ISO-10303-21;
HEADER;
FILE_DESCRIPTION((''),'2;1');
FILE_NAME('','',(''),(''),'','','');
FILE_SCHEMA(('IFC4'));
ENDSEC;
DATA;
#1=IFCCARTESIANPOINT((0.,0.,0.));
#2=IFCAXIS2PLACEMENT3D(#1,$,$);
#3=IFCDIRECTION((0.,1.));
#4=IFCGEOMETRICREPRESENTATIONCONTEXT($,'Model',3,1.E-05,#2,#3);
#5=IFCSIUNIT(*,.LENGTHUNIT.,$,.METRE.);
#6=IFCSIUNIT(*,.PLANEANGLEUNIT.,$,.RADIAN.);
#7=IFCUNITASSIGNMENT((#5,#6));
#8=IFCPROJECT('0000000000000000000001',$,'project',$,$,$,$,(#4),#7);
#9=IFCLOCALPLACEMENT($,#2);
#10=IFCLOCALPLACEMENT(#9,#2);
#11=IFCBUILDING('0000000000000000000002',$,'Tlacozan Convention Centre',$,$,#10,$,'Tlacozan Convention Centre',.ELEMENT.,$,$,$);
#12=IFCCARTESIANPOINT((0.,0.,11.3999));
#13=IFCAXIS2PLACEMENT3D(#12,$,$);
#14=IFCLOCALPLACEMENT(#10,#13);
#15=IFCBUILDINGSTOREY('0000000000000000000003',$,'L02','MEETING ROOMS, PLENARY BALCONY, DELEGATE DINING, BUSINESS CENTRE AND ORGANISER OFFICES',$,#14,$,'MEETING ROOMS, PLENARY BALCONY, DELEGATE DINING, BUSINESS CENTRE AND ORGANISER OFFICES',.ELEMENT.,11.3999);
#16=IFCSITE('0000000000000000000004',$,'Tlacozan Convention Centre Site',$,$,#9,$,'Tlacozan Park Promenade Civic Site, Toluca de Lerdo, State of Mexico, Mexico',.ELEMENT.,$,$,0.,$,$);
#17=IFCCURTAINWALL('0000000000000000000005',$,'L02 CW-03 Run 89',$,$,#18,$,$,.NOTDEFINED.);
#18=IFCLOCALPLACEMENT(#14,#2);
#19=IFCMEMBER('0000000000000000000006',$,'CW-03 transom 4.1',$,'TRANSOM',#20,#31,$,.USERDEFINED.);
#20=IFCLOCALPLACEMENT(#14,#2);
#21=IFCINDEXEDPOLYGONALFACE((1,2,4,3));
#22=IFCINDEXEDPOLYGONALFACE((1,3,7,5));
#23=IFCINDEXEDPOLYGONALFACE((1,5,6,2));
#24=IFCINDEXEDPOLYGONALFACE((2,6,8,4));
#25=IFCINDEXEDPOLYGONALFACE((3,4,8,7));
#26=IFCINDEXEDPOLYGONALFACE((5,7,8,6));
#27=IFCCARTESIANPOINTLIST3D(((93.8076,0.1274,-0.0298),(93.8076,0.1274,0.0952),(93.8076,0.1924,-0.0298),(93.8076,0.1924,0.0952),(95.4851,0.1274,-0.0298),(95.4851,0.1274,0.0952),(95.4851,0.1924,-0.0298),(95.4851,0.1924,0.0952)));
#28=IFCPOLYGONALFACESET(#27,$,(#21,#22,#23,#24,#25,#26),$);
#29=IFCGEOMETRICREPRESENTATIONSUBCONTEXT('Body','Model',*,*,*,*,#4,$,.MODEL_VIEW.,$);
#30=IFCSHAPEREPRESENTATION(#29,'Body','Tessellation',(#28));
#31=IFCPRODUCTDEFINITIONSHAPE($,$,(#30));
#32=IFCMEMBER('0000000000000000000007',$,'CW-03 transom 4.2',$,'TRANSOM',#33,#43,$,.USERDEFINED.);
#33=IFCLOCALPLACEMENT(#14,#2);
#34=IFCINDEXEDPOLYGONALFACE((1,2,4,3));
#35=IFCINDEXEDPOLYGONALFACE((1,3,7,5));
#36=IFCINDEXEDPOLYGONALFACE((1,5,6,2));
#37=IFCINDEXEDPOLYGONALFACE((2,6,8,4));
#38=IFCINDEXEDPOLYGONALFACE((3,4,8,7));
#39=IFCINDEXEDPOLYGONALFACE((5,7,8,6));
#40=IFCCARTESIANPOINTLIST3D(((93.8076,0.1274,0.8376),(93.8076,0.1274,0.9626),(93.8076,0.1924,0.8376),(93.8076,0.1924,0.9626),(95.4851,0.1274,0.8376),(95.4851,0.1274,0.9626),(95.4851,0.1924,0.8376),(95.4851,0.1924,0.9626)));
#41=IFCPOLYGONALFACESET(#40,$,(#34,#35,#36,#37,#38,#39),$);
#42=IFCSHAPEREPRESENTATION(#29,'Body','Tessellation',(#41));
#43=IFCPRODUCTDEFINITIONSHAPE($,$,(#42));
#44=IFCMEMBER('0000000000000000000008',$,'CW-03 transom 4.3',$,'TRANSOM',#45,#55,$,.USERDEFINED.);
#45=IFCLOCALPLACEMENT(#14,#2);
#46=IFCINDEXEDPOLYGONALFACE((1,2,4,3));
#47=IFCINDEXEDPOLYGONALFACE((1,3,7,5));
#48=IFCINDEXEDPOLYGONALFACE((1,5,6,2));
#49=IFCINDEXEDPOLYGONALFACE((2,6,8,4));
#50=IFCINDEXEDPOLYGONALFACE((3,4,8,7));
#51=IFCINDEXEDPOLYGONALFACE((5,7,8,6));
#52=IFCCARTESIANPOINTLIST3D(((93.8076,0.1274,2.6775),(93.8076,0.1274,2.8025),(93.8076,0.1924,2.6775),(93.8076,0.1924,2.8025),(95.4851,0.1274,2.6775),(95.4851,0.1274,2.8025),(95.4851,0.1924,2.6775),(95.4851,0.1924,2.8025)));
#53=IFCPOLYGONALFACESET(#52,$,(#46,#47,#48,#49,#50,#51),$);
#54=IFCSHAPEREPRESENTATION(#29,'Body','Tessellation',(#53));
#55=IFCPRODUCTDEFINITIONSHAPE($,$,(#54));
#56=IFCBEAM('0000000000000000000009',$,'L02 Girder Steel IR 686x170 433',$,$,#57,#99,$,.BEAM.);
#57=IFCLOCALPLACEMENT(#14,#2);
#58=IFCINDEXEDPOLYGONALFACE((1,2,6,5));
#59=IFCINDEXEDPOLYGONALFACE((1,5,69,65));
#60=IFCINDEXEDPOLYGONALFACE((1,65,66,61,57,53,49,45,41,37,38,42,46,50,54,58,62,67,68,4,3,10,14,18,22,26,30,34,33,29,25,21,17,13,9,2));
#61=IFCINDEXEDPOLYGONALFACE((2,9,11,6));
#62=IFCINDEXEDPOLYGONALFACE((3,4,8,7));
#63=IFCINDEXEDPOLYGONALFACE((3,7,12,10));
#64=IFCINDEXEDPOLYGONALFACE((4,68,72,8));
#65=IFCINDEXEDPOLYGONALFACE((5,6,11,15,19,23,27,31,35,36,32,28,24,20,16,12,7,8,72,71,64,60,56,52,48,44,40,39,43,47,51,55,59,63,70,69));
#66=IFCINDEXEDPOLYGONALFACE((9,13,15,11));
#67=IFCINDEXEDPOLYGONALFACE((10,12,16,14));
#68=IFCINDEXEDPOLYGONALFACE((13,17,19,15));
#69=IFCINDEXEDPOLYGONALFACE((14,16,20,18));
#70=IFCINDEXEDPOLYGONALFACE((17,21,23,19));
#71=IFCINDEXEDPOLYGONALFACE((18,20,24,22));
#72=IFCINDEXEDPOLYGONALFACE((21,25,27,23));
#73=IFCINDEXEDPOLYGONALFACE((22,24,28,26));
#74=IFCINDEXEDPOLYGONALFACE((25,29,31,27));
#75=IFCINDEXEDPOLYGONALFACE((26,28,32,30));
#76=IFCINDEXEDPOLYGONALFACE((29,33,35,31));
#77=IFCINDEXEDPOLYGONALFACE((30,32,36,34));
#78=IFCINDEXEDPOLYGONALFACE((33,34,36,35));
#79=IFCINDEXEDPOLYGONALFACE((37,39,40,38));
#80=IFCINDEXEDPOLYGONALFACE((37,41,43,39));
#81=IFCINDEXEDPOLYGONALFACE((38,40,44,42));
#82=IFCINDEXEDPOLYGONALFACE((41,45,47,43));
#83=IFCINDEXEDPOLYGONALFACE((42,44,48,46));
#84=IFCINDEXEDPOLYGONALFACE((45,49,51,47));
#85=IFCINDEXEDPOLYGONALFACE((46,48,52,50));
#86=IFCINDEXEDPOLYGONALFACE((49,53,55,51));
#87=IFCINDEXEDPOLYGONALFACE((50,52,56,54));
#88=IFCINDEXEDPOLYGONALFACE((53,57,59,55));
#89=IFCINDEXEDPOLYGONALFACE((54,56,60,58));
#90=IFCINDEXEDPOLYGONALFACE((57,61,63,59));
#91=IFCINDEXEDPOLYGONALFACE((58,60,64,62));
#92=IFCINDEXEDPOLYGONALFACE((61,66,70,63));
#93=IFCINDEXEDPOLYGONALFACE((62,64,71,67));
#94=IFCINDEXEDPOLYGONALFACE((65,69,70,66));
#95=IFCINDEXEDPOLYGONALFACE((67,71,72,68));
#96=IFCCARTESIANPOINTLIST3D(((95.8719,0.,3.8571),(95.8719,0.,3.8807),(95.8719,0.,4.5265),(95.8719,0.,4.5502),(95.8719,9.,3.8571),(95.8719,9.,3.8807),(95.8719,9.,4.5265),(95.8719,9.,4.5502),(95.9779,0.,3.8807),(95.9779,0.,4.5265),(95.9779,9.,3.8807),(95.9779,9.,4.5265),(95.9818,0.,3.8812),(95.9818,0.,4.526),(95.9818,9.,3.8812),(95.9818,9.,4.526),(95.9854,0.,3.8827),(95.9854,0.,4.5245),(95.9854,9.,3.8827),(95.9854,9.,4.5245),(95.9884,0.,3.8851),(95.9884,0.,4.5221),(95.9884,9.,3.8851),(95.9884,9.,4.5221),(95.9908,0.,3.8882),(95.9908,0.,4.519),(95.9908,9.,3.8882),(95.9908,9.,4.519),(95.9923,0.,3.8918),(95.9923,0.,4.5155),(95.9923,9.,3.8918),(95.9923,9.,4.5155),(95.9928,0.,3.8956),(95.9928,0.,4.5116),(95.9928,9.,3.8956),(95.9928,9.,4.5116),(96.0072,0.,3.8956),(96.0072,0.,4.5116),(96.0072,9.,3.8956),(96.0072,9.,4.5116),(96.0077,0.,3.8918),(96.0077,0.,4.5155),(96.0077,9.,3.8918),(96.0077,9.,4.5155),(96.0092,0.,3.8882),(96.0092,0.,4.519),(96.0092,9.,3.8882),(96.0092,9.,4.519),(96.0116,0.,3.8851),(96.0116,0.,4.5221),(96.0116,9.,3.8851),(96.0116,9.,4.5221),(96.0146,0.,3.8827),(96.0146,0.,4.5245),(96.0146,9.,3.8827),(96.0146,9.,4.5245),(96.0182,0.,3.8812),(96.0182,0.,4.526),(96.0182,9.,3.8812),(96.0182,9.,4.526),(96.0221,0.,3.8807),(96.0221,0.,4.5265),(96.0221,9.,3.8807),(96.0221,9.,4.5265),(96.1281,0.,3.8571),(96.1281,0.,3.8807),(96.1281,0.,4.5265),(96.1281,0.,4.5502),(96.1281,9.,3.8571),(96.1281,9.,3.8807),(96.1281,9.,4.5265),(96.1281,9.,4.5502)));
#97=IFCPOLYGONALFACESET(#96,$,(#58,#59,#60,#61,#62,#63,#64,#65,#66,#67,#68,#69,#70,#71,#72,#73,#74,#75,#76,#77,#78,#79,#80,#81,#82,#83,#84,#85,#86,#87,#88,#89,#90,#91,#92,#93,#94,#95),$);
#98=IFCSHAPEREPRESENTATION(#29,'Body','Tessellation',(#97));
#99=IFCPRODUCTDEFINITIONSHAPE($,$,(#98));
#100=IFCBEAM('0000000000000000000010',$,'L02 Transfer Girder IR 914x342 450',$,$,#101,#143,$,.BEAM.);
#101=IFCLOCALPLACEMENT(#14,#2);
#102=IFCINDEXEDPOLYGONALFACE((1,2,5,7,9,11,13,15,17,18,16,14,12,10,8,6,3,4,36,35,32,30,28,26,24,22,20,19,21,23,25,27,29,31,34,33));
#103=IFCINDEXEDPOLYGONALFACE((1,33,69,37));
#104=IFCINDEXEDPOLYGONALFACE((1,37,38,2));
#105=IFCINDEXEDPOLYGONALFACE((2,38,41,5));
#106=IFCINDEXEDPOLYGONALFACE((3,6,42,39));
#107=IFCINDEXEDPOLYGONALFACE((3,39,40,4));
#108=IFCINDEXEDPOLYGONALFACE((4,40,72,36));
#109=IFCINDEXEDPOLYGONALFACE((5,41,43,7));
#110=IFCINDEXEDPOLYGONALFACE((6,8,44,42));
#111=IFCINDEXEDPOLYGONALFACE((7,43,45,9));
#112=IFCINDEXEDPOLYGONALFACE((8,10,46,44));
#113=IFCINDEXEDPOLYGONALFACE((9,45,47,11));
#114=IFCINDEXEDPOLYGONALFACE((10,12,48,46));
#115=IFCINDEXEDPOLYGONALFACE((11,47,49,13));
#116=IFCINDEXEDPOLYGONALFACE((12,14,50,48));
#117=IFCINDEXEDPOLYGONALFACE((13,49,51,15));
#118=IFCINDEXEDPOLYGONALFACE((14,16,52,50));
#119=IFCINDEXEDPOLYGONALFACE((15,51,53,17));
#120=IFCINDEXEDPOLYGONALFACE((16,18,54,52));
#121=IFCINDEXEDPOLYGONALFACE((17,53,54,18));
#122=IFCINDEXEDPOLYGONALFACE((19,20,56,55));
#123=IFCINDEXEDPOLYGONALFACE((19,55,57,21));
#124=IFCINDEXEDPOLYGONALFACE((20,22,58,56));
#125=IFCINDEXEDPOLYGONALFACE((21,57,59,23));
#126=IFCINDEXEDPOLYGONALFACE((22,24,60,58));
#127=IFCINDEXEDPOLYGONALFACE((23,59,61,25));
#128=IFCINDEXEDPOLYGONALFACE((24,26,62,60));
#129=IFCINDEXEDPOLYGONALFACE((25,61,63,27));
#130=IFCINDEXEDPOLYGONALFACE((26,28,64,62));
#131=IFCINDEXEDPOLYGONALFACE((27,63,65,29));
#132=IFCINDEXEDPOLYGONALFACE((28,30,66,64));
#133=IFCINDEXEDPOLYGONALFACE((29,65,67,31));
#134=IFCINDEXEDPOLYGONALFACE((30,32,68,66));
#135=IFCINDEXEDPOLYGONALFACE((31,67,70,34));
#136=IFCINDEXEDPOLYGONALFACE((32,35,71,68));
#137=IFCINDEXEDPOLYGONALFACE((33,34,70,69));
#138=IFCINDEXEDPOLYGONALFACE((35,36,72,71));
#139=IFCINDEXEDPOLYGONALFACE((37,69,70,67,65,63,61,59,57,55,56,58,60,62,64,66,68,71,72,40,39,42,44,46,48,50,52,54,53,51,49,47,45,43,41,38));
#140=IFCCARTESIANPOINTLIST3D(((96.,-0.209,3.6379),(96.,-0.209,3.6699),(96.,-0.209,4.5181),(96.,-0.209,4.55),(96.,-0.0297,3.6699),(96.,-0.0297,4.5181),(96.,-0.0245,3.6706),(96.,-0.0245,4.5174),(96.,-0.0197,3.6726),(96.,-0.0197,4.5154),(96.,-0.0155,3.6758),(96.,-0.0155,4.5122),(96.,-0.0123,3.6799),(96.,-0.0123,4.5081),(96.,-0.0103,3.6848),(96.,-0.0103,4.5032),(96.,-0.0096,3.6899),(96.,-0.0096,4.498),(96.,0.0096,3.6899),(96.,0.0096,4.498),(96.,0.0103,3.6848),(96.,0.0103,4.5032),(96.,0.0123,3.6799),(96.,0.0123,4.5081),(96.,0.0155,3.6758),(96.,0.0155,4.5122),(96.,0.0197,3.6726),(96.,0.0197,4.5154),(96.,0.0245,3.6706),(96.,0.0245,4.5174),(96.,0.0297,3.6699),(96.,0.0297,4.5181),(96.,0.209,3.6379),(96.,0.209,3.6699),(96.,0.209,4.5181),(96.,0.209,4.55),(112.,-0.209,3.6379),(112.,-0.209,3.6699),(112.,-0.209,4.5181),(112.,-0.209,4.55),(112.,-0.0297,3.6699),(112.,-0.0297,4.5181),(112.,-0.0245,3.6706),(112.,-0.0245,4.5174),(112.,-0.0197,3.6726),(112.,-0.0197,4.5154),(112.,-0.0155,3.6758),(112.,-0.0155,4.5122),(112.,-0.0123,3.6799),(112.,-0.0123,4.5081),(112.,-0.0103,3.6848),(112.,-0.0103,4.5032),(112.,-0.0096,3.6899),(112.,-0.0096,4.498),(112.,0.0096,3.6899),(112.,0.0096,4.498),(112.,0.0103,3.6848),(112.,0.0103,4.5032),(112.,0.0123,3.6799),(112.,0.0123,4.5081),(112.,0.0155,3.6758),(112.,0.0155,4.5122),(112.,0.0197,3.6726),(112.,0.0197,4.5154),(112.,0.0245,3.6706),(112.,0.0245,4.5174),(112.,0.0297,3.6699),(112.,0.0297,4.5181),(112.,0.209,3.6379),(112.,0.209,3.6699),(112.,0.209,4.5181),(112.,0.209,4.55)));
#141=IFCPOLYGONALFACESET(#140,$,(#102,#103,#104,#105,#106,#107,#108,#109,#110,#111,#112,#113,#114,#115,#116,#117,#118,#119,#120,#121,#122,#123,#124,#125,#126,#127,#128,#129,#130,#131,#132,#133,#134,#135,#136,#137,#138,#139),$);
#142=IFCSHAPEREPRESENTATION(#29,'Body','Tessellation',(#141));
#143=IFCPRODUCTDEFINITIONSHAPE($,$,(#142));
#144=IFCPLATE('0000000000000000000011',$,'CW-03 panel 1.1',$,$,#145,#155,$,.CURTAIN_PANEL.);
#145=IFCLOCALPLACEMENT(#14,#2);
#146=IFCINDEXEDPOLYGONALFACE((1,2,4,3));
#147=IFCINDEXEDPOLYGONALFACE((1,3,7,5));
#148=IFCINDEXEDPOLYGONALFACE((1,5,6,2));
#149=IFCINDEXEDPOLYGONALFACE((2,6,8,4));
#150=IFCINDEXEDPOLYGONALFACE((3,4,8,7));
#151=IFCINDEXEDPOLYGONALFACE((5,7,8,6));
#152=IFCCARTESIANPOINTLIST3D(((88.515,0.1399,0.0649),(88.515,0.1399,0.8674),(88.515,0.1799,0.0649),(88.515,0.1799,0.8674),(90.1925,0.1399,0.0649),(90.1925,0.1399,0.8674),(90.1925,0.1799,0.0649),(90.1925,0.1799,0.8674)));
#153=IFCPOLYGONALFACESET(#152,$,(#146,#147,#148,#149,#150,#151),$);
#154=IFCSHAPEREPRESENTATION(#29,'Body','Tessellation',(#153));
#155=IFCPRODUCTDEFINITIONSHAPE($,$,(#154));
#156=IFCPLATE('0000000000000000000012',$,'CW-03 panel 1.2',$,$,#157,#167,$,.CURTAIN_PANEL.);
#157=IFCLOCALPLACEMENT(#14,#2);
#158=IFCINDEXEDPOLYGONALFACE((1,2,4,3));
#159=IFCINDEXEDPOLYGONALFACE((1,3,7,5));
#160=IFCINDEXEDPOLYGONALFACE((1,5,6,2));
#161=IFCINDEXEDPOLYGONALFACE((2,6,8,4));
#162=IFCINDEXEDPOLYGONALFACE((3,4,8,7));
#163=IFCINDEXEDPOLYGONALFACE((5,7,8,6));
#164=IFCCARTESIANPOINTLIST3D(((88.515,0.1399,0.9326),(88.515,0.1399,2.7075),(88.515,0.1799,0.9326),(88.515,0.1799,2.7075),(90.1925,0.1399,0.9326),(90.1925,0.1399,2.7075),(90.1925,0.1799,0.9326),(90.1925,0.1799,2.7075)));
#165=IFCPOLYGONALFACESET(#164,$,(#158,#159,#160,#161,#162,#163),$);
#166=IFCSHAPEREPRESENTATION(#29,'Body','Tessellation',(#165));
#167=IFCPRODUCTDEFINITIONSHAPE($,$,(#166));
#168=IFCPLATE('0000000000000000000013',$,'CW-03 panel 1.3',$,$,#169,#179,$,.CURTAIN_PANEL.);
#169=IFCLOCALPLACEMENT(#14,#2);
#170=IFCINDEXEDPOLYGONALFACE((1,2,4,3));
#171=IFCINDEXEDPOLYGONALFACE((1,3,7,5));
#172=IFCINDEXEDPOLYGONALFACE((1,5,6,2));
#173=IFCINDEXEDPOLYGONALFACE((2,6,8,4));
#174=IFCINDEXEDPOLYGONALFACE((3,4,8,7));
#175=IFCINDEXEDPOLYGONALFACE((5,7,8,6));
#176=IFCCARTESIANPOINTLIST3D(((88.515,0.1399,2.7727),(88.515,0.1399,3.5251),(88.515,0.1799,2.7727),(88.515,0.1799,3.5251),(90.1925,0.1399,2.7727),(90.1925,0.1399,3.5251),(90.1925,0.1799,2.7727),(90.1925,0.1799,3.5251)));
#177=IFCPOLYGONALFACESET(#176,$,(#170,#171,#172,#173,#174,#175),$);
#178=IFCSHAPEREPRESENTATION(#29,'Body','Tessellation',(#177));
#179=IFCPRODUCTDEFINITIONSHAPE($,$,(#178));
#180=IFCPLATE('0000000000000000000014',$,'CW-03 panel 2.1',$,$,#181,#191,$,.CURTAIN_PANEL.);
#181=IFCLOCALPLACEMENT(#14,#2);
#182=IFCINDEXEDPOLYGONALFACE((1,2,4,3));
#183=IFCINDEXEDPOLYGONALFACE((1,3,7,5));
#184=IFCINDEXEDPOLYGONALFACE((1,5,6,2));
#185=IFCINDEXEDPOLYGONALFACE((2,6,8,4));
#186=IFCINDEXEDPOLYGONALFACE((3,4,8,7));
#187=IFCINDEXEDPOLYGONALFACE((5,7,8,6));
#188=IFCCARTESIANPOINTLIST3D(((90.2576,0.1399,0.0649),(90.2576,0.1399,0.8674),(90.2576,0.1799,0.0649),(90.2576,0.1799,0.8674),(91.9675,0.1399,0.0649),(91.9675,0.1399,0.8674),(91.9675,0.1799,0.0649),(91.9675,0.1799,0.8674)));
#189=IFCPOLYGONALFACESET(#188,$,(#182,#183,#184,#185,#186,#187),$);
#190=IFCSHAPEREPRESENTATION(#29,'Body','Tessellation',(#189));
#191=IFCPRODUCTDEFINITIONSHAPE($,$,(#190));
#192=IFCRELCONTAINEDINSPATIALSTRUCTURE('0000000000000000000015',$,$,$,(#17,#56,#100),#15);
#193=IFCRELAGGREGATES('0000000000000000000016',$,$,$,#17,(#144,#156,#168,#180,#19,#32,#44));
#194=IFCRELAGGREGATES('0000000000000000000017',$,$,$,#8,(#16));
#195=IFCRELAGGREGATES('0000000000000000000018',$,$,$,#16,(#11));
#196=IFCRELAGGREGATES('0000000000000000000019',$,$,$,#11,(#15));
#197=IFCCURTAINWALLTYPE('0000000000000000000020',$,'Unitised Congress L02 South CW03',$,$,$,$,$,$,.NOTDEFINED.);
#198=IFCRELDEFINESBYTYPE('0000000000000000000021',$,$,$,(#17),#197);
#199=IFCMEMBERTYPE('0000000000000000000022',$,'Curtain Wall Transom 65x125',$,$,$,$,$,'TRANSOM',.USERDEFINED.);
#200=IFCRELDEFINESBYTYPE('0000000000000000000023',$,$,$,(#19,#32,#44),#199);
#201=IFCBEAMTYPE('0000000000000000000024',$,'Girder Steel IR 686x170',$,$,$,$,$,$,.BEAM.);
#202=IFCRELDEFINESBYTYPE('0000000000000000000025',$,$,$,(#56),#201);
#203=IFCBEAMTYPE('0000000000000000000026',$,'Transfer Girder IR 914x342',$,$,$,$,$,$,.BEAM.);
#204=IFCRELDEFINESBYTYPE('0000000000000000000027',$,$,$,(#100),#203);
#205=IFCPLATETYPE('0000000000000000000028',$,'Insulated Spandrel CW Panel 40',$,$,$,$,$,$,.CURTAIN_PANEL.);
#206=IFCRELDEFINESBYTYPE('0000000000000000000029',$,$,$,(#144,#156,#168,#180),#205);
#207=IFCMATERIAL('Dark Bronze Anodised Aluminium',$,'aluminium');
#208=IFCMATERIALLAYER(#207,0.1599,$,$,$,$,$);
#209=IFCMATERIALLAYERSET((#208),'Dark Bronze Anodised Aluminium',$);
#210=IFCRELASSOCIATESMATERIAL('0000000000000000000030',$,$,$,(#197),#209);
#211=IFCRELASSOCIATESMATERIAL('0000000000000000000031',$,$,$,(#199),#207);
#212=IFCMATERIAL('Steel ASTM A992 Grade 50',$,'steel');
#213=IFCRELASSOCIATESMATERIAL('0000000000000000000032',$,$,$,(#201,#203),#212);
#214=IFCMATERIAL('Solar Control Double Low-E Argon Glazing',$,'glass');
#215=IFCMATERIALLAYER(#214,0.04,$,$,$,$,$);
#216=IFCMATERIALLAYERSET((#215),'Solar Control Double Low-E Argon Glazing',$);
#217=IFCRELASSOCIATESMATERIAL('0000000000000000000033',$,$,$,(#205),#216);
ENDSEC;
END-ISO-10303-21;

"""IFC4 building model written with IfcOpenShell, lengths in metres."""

from ifc_helpers import new_model, si_unit, direction, frame, origin, origin_2d, place, context, subcontext, project, spatial, rectangle, i_section, extrude, material, layer, layer_set, material_profile, profile_set, type_object, element, aggregate, save


model = new_model("IFC4")

# Units and contexts
model_context = context("Model", 3, precision=1e-05, world=origin(), true_north=direction((0.0, 1.0)))
body_context = subcontext(model_context, "Body", "Model", "MODEL_VIEW")
ifc_project = project(units=[si_unit("LENGTHUNIT", "METRE"), si_unit("PLANEANGLEUNIT", "RADIAN")], contexts=[model_context])

# Site, building, storey
site_placement = place(None, origin())
site = spatial("IfcSite", under=ifc_project, at=site_placement, Name="Tlacozan Convention Centre Site", LongName="Tlacozan Park Promenade Civic Site, Toluca de Lerdo, State of Mexico, Mexico", CompositionType="ELEMENT", RefElevation=0.0)
building_placement = place(site_placement, origin())
building = spatial("IfcBuilding", under=site, at=building_placement, Name="Tlacozan Convention Centre", LongName="Tlacozan Convention Centre", CompositionType="ELEMENT")
storey_placement = place(building_placement, frame((0.0, 0.0, 11.3999)))
storey = spatial("IfcBuildingStorey", under=building, at=storey_placement, Name="L02", Description="MEETING ROOMS, PLENARY BALCONY, DELEGATE DINING, BUSINESS CENTRE AND ORGANISER OFFICES", LongName="MEETING ROOMS, PLENARY BALCONY, DELEGATE DINING, BUSINESS CENTRE AND ORGANISER OFFICES", CompositionType="ELEMENT", Elevation=11.3999)

# Curtain wall, members
ifc_material_1 = material(Name="Dark Bronze Anodised Aluminium", Category="aluminium")
ifc_layer_1 = layer(ifc_material_1, 0.1599)
ifc_layer_set_1 = layer_set([ifc_layer_1], Name="Dark Bronze Anodised Aluminium")
curtain_wall_type = type_object("IfcCurtainWallType", Name="Unitised Congress L02 South CW03", PredefinedType="NOTDEFINED", material=ifc_layer_set_1)
curtain_wall_placement = place(storey_placement, origin())
curtain_wall = element("IfcCurtainWall", 1, at=curtain_wall_placement, inside=storey, type_object=curtain_wall_type, Name="L02 CW-03 Run 89", PredefinedType="NOTDEFINED")
ifc_material_profile_1 = material_profile(ifc_material_1, rectangle(XDim=0.0649, YDim=0.125, at=origin_2d()), Name="ALU 65x125")
ifc_profile_set_1 = profile_set([ifc_material_profile_1], Name="Dark Bronze Anodised Aluminium")
member_type_1 = type_object("IfcMemberType", Name="Curtain Wall Transom 65x125", ElementType="TRANSOM", PredefinedType="USERDEFINED", material=ifc_profile_set_1)
member_1_placement = place(storey_placement, frame((93.8076, 0.1599, 0.0327), z_axis=(1.0, 0.0, 0.0), x_axis=(0.0, 1.0, 0.0)))
member_1 = element("IfcMember", 2, at=member_1_placement, type_object=member_type_1, Name="CW-03 transom 4.1", ObjectType="TRANSOM", PredefinedType="USERDEFINED", context=body_context, shape_type="SweptSolid", body=[
    extrude(rectangle(XDim=0.0649, YDim=0.125, at=origin_2d()), origin(), (0.0, 0.0, 1.0), 1.6775),
])
member_2_placement = place(storey_placement, frame((93.8076, 0.1599, 0.9001), z_axis=(1.0, 0.0, 0.0), x_axis=(0.0, 1.0, 0.0)))
member_2 = element("IfcMember", 3, at=member_2_placement, type_object=member_type_1, Name="CW-03 transom 4.2", ObjectType="TRANSOM", PredefinedType="USERDEFINED", context=body_context, shape_type="SweptSolid", body=[
    extrude(rectangle(XDim=0.0649, YDim=0.125, at=origin_2d()), origin(), (0.0, 0.0, 1.0), 1.6775),
])
member_3_placement = place(storey_placement, frame((93.8076, 0.1599, 2.74), z_axis=(1.0, 0.0, 0.0), x_axis=(0.0, 1.0, 0.0)))
member_3 = element("IfcMember", 4, at=member_3_placement, type_object=member_type_1, Name="CW-03 transom 4.3", ObjectType="TRANSOM", PredefinedType="USERDEFINED", context=body_context, shape_type="SweptSolid", body=[
    extrude(rectangle(XDim=0.0649, YDim=0.125, at=origin_2d()), origin(), (0.0, 0.0, 1.0), 1.6775),
])

# Beams
ifc_material_2 = material(Name="Steel ASTM A992 Grade 50", Category="steel")
ifc_material_profile_2 = material_profile(ifc_material_2, i_section(OverallWidth=0.2561, OverallDepth=0.6931, WebThickness=0.0144, FlangeThickness=0.0237, FilletRadius=0.0149, at=origin_2d()), Name="IR 686x170.0")
ifc_profile_set_2 = profile_set([ifc_material_profile_2], Name="Steel ASTM A992 Grade 50")
beam_type_1 = type_object("IfcBeamType", Name="Girder Steel IR 686x170", PredefinedType="BEAM", material=ifc_profile_set_2)
beam_1_placement = place(storey_placement, frame((96.0, 0.0, 4.2036), z_axis=(0.0, 1.0, 0.0), x_axis=(-1.0, 0.0, 0.0)))
element("IfcBeam", 5, at=beam_1_placement, inside=storey, type_object=beam_type_1, Name="L02 Girder Steel IR 686x170 433", PredefinedType="BEAM", context=body_context, shape_type="SweptSolid", body=[
    extrude(i_section(OverallWidth=0.2561, OverallDepth=0.6931, WebThickness=0.0144, FlangeThickness=0.0237, FilletRadius=0.0149, at=origin_2d()), origin(), (0.0, 0.0, 1.0), 9.0),
])
ifc_material_profile_3 = material_profile(ifc_material_2, i_section(OverallWidth=0.418, OverallDepth=0.9121, WebThickness=0.0193, FlangeThickness=0.032, FilletRadius=0.02, at=origin_2d()), Name="IR 914x342.0")
ifc_profile_set_3 = profile_set([ifc_material_profile_3], Name="Steel ASTM A992 Grade 50")
beam_type_2 = type_object("IfcBeamType", Name="Transfer Girder IR 914x342", PredefinedType="BEAM", material=ifc_profile_set_3)
beam_2_placement = place(storey_placement, frame((96.0, 0.0, 4.094), z_axis=(1.0, 0.0, 0.0), x_axis=(0.0, 1.0, 0.0)))
element("IfcBeam", 6, at=beam_2_placement, inside=storey, type_object=beam_type_2, Name="L02 Transfer Girder IR 914x342 450", PredefinedType="BEAM", context=body_context, shape_type="SweptSolid", body=[
    extrude(i_section(OverallWidth=0.418, OverallDepth=0.9121, WebThickness=0.0193, FlangeThickness=0.032, FilletRadius=0.02, at=origin_2d()), origin(), (0.0, 0.0, 1.0), 16.0),
])

# Plates
ifc_material_3 = material(Name="Solar Control Double Low-E Argon Glazing", Category="glass")
ifc_layer_2 = layer(ifc_material_3, 0.04)
ifc_layer_set_2 = layer_set([ifc_layer_2], Name="Solar Control Double Low-E Argon Glazing")
plate_type = type_object("IfcPlateType", Name="Insulated Spandrel CW Panel 40", PredefinedType="CURTAIN_PANEL", material=ifc_layer_set_2)
plate_1_placement = place(storey_placement, frame((89.3538, 0.1599, 0.0649), z_axis=(0.0, 0.0, 1.0), x_axis=(1.0, 0.0, 0.0)))
plate_1 = element("IfcPlate", 7, at=plate_1_placement, type_object=plate_type, Name="CW-03 panel 1.1", PredefinedType="CURTAIN_PANEL", context=body_context, shape_type="SweptSolid", body=[
    extrude(rectangle(XDim=1.6775, YDim=0.04, at=origin_2d()), origin(), (0.0, 0.0, 1.0), 0.8025),
])
plate_2_placement = place(storey_placement, frame((89.3538, 0.1599, 0.9326), z_axis=(0.0, 0.0, 1.0), x_axis=(1.0, 0.0, 0.0)))
plate_2 = element("IfcPlate", 8, at=plate_2_placement, type_object=plate_type, Name="CW-03 panel 1.2", PredefinedType="CURTAIN_PANEL", context=body_context, shape_type="SweptSolid", body=[
    extrude(rectangle(XDim=1.6775, YDim=0.04, at=origin_2d()), origin(), (0.0, 0.0, 1.0), 1.7749),
])
plate_3_placement = place(storey_placement, frame((89.3538, 0.1599, 2.7727), z_axis=(0.0, 0.0, 1.0), x_axis=(1.0, 0.0, 0.0)))
plate_3 = element("IfcPlate", 9, at=plate_3_placement, type_object=plate_type, Name="CW-03 panel 1.3", PredefinedType="CURTAIN_PANEL", context=body_context, shape_type="SweptSolid", body=[
    extrude(rectangle(XDim=1.6775, YDim=0.04, at=origin_2d()), origin(), (0.0, 0.0, 1.0), 0.7524),
])
plate_4_placement = place(storey_placement, frame((91.1125, 0.1599, 0.0649), z_axis=(0.0, 0.0, 1.0), x_axis=(1.0, 0.0, 0.0)))
plate_4 = element("IfcPlate", 10, at=plate_4_placement, type_object=plate_type, Name="CW-03 panel 2.1", PredefinedType="CURTAIN_PANEL", context=body_context, shape_type="SweptSolid", body=[
    extrude(rectangle(XDim=1.71, YDim=0.04, at=origin_2d()), origin(), (0.0, 0.0, 1.0), 0.8025),
])
aggregate(curtain_wall, [plate_1, plate_2, plate_3, plate_4, member_1, member_2, member_3])

save(model, "model.ifc")
